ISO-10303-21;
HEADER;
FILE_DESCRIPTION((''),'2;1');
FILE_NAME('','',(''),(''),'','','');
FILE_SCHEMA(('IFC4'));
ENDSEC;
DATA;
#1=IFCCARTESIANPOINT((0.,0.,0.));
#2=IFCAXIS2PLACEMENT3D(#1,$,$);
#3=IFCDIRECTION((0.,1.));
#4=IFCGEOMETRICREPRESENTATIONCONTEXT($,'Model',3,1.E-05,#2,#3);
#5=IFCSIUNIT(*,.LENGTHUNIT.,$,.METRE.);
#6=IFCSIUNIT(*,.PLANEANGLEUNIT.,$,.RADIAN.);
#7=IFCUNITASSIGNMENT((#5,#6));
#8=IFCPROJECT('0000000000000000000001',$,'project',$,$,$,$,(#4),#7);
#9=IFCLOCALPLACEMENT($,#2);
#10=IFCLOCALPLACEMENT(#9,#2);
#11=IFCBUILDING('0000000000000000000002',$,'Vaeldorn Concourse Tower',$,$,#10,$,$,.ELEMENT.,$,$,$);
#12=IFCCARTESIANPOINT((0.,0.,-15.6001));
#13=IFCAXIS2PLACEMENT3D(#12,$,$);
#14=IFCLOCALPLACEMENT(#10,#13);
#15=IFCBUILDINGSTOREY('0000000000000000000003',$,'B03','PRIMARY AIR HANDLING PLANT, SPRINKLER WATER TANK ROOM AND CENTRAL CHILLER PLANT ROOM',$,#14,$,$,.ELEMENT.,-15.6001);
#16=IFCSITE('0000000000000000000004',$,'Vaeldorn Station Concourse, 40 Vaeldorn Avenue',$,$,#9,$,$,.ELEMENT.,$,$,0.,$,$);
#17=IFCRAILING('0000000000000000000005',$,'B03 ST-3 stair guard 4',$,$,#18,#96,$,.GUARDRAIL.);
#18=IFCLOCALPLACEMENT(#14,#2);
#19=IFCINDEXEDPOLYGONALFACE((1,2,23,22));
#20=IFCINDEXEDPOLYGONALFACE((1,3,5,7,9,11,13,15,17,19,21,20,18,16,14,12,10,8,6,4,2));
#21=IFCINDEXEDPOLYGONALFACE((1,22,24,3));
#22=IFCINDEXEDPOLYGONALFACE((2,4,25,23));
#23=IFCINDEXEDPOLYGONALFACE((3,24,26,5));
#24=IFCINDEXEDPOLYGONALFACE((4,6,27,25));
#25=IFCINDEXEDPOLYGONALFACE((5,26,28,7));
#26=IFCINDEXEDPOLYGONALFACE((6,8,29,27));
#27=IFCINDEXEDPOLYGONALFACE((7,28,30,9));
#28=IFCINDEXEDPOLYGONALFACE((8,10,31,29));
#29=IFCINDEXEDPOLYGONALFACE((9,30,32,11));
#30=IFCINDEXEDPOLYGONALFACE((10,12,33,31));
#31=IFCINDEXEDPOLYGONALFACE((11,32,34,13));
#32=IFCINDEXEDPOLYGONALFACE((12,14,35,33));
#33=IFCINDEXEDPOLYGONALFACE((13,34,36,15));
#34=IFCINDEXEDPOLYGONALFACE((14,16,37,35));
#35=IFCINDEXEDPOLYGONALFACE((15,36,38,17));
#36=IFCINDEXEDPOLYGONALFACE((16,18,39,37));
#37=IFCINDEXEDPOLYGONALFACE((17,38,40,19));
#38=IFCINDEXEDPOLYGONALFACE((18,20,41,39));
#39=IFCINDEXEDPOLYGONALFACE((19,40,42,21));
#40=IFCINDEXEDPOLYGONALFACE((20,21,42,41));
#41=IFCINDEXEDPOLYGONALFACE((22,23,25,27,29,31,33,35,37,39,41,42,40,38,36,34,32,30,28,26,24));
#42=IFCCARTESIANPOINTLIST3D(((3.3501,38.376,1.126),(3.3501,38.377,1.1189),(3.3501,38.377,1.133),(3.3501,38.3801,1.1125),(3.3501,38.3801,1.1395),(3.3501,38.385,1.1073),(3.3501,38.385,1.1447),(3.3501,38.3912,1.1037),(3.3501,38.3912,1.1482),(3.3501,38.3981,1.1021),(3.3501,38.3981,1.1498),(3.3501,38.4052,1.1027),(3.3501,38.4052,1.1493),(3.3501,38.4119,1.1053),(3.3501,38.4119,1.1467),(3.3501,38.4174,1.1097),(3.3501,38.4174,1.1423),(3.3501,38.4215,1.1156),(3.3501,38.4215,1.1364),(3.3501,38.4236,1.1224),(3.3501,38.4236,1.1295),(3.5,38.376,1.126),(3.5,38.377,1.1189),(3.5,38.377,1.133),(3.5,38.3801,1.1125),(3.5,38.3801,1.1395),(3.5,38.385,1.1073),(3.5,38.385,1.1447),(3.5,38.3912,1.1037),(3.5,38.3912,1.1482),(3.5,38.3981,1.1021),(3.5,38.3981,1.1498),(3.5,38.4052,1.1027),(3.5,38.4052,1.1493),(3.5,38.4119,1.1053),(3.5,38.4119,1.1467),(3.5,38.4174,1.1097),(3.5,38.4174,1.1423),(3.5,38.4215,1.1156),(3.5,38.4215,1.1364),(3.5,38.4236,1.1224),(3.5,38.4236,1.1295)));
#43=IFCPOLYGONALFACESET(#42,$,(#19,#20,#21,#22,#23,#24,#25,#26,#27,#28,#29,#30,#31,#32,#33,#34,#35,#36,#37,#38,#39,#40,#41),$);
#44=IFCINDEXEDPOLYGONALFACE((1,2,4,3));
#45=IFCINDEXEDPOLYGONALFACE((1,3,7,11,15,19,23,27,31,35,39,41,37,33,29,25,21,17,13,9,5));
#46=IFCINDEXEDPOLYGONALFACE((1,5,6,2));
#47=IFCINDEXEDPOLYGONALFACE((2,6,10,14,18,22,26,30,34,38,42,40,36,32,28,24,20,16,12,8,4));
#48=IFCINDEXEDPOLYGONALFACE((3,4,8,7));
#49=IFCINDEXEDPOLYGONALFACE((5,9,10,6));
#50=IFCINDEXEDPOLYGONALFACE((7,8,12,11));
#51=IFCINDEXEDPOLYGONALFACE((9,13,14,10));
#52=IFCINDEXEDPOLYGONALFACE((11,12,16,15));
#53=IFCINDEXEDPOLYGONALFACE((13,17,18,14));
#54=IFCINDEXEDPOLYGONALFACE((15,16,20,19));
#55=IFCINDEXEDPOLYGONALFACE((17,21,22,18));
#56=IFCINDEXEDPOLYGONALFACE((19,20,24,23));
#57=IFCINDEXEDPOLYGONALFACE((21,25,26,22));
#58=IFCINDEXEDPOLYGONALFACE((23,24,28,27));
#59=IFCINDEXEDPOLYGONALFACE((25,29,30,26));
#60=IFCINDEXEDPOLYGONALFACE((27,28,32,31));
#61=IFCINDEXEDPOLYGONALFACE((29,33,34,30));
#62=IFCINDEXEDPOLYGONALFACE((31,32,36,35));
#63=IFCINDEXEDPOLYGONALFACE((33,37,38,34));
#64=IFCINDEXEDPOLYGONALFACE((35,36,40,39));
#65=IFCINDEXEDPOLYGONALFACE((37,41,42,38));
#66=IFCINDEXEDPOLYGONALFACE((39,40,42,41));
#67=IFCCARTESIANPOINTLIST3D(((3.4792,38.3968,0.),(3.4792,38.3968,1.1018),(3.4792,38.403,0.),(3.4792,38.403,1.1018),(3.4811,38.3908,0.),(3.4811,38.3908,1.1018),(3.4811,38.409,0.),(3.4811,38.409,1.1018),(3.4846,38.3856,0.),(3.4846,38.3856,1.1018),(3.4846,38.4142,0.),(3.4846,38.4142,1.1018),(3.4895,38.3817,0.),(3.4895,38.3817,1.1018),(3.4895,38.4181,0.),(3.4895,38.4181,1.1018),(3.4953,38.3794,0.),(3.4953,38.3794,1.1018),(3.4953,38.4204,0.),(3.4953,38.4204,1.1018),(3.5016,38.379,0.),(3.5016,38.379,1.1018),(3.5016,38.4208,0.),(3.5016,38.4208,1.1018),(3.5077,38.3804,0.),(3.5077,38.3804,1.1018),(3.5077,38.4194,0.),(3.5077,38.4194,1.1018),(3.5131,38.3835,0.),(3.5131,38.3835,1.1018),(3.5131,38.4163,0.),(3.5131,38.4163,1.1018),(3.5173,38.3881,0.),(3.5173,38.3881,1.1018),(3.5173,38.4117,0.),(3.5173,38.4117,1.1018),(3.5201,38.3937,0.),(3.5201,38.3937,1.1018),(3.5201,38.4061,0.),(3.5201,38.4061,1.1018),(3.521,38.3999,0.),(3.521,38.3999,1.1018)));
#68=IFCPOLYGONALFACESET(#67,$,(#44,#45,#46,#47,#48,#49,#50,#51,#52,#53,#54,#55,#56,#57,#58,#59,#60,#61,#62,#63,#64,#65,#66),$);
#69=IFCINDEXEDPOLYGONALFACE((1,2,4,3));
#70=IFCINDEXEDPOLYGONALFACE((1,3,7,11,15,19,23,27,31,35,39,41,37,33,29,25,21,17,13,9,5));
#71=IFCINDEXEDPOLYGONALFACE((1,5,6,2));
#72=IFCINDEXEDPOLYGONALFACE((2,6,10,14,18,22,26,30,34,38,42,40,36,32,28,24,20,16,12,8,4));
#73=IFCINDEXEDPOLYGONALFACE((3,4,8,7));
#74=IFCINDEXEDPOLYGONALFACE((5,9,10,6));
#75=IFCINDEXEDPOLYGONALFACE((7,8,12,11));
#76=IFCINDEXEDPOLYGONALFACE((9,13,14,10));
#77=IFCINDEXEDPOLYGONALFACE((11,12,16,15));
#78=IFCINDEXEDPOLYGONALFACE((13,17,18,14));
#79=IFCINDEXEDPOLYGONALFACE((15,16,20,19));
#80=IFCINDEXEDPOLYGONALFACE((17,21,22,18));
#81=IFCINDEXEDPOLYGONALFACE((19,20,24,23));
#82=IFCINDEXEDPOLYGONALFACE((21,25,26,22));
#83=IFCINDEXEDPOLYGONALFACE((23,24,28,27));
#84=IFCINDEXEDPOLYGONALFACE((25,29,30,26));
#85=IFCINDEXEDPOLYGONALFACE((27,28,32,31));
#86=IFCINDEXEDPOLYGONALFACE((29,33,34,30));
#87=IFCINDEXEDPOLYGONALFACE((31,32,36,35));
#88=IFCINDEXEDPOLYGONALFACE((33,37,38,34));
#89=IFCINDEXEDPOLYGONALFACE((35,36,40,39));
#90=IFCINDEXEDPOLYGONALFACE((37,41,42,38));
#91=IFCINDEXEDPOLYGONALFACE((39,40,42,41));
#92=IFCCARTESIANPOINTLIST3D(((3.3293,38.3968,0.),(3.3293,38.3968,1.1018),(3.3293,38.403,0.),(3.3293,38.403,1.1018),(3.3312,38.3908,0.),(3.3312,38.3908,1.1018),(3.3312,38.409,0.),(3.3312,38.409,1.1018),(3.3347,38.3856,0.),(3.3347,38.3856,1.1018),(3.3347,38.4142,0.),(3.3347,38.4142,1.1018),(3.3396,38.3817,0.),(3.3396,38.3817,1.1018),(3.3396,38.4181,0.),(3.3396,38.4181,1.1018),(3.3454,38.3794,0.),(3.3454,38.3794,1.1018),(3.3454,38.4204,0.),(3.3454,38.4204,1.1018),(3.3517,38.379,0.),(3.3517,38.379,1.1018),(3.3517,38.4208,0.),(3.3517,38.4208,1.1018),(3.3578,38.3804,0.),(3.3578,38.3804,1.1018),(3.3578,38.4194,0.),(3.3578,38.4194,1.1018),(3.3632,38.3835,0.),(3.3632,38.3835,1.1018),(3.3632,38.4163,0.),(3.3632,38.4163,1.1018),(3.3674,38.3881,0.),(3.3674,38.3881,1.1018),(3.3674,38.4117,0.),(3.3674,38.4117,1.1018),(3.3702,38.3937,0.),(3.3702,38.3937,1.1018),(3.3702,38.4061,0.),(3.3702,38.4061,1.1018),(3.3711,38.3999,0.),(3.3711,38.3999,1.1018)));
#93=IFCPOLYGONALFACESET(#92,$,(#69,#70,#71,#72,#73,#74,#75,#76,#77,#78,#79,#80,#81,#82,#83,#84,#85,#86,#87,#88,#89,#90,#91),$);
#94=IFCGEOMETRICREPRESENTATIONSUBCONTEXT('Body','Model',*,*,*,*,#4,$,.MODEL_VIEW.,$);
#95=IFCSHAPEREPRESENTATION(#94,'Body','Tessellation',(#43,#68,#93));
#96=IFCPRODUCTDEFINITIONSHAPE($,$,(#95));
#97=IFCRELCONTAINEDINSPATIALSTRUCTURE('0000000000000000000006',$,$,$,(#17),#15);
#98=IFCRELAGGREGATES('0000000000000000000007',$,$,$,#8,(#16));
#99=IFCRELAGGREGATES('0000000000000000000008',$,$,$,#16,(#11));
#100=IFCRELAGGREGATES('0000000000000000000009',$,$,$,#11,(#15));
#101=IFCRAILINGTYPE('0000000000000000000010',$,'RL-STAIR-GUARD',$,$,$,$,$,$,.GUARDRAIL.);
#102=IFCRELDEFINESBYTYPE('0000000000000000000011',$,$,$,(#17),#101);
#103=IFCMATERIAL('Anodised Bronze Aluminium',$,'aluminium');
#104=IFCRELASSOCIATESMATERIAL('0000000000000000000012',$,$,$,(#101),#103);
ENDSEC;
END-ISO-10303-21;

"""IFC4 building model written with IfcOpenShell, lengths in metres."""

from ifc_helpers import new_model, si_unit, direction, frame, origin, origin_2d, place, context, subcontext, project, spatial, circle, extrude, material, type_object, element, save


model = new_model("IFC4")

# Units and contexts
model_context = context("Model", 3, precision=1e-05, world=origin(), true_north=direction((0.0, 1.0)))
body_context = subcontext(model_context, "Body", "Model", "MODEL_VIEW")
ifc_project = project(units=[si_unit("LENGTHUNIT", "METRE"), si_unit("PLANEANGLEUNIT", "RADIAN")], contexts=[model_context])

# Site, building, storey
site_placement = place(None, origin())
site = spatial("IfcSite", under=ifc_project, at=site_placement, Name="Vaeldorn Station Concourse, 40 Vaeldorn Avenue", CompositionType="ELEMENT", RefElevation=0.0)
building_placement = place(site_placement, origin())
building = spatial("IfcBuilding", under=site, at=building_placement, Name="Vaeldorn Concourse Tower", CompositionType="ELEMENT")
storey_placement = place(building_placement, frame((0.0, 0.0, -15.6001)))
storey = spatial("IfcBuildingStorey", under=building, at=storey_placement, Name="B03", Description="PRIMARY AIR HANDLING PLANT, SPRINKLER WATER TANK ROOM AND CENTRAL CHILLER PLANT ROOM", CompositionType="ELEMENT", Elevation=-15.6001)

# Railing
ifc_material_1 = material(Name="Anodised Bronze Aluminium", Category="aluminium")
railing_type_1 = type_object("IfcRailingType", Name="RL-STAIR-GUARD", PredefinedType="GUARDRAIL", material=ifc_material_1)
railing_1_placement = place(storey_placement, frame((3.5, 38.3999, 0.0)))
element("IfcRailing", 1, at=railing_1_placement, inside=storey, type_object=railing_type_1, Name="B03 ST-3 stair guard 4", PredefinedType="GUARDRAIL", context=body_context, shape_type="SweptSolid", body=[
    extrude(circle(Radius=0.0239, at=origin_2d()), frame((0.0, 0.0, 1.126), z_axis=(-1.0, 0.0, 0.0), x_axis=(0.0, -1.0, 0.0)), (0.0, 0.0, 1.0), 0.1499),
    extrude(circle(Radius=0.021, at=origin_2d()), origin(), (0.0, 0.0, 1.0), 1.1018),
    extrude(circle(Radius=0.021, at=origin_2d()), frame((-0.1499, 0.0, 0.0)), (0.0, 0.0, 1.0), 1.1018),
])

save(model, "model.ifc")
